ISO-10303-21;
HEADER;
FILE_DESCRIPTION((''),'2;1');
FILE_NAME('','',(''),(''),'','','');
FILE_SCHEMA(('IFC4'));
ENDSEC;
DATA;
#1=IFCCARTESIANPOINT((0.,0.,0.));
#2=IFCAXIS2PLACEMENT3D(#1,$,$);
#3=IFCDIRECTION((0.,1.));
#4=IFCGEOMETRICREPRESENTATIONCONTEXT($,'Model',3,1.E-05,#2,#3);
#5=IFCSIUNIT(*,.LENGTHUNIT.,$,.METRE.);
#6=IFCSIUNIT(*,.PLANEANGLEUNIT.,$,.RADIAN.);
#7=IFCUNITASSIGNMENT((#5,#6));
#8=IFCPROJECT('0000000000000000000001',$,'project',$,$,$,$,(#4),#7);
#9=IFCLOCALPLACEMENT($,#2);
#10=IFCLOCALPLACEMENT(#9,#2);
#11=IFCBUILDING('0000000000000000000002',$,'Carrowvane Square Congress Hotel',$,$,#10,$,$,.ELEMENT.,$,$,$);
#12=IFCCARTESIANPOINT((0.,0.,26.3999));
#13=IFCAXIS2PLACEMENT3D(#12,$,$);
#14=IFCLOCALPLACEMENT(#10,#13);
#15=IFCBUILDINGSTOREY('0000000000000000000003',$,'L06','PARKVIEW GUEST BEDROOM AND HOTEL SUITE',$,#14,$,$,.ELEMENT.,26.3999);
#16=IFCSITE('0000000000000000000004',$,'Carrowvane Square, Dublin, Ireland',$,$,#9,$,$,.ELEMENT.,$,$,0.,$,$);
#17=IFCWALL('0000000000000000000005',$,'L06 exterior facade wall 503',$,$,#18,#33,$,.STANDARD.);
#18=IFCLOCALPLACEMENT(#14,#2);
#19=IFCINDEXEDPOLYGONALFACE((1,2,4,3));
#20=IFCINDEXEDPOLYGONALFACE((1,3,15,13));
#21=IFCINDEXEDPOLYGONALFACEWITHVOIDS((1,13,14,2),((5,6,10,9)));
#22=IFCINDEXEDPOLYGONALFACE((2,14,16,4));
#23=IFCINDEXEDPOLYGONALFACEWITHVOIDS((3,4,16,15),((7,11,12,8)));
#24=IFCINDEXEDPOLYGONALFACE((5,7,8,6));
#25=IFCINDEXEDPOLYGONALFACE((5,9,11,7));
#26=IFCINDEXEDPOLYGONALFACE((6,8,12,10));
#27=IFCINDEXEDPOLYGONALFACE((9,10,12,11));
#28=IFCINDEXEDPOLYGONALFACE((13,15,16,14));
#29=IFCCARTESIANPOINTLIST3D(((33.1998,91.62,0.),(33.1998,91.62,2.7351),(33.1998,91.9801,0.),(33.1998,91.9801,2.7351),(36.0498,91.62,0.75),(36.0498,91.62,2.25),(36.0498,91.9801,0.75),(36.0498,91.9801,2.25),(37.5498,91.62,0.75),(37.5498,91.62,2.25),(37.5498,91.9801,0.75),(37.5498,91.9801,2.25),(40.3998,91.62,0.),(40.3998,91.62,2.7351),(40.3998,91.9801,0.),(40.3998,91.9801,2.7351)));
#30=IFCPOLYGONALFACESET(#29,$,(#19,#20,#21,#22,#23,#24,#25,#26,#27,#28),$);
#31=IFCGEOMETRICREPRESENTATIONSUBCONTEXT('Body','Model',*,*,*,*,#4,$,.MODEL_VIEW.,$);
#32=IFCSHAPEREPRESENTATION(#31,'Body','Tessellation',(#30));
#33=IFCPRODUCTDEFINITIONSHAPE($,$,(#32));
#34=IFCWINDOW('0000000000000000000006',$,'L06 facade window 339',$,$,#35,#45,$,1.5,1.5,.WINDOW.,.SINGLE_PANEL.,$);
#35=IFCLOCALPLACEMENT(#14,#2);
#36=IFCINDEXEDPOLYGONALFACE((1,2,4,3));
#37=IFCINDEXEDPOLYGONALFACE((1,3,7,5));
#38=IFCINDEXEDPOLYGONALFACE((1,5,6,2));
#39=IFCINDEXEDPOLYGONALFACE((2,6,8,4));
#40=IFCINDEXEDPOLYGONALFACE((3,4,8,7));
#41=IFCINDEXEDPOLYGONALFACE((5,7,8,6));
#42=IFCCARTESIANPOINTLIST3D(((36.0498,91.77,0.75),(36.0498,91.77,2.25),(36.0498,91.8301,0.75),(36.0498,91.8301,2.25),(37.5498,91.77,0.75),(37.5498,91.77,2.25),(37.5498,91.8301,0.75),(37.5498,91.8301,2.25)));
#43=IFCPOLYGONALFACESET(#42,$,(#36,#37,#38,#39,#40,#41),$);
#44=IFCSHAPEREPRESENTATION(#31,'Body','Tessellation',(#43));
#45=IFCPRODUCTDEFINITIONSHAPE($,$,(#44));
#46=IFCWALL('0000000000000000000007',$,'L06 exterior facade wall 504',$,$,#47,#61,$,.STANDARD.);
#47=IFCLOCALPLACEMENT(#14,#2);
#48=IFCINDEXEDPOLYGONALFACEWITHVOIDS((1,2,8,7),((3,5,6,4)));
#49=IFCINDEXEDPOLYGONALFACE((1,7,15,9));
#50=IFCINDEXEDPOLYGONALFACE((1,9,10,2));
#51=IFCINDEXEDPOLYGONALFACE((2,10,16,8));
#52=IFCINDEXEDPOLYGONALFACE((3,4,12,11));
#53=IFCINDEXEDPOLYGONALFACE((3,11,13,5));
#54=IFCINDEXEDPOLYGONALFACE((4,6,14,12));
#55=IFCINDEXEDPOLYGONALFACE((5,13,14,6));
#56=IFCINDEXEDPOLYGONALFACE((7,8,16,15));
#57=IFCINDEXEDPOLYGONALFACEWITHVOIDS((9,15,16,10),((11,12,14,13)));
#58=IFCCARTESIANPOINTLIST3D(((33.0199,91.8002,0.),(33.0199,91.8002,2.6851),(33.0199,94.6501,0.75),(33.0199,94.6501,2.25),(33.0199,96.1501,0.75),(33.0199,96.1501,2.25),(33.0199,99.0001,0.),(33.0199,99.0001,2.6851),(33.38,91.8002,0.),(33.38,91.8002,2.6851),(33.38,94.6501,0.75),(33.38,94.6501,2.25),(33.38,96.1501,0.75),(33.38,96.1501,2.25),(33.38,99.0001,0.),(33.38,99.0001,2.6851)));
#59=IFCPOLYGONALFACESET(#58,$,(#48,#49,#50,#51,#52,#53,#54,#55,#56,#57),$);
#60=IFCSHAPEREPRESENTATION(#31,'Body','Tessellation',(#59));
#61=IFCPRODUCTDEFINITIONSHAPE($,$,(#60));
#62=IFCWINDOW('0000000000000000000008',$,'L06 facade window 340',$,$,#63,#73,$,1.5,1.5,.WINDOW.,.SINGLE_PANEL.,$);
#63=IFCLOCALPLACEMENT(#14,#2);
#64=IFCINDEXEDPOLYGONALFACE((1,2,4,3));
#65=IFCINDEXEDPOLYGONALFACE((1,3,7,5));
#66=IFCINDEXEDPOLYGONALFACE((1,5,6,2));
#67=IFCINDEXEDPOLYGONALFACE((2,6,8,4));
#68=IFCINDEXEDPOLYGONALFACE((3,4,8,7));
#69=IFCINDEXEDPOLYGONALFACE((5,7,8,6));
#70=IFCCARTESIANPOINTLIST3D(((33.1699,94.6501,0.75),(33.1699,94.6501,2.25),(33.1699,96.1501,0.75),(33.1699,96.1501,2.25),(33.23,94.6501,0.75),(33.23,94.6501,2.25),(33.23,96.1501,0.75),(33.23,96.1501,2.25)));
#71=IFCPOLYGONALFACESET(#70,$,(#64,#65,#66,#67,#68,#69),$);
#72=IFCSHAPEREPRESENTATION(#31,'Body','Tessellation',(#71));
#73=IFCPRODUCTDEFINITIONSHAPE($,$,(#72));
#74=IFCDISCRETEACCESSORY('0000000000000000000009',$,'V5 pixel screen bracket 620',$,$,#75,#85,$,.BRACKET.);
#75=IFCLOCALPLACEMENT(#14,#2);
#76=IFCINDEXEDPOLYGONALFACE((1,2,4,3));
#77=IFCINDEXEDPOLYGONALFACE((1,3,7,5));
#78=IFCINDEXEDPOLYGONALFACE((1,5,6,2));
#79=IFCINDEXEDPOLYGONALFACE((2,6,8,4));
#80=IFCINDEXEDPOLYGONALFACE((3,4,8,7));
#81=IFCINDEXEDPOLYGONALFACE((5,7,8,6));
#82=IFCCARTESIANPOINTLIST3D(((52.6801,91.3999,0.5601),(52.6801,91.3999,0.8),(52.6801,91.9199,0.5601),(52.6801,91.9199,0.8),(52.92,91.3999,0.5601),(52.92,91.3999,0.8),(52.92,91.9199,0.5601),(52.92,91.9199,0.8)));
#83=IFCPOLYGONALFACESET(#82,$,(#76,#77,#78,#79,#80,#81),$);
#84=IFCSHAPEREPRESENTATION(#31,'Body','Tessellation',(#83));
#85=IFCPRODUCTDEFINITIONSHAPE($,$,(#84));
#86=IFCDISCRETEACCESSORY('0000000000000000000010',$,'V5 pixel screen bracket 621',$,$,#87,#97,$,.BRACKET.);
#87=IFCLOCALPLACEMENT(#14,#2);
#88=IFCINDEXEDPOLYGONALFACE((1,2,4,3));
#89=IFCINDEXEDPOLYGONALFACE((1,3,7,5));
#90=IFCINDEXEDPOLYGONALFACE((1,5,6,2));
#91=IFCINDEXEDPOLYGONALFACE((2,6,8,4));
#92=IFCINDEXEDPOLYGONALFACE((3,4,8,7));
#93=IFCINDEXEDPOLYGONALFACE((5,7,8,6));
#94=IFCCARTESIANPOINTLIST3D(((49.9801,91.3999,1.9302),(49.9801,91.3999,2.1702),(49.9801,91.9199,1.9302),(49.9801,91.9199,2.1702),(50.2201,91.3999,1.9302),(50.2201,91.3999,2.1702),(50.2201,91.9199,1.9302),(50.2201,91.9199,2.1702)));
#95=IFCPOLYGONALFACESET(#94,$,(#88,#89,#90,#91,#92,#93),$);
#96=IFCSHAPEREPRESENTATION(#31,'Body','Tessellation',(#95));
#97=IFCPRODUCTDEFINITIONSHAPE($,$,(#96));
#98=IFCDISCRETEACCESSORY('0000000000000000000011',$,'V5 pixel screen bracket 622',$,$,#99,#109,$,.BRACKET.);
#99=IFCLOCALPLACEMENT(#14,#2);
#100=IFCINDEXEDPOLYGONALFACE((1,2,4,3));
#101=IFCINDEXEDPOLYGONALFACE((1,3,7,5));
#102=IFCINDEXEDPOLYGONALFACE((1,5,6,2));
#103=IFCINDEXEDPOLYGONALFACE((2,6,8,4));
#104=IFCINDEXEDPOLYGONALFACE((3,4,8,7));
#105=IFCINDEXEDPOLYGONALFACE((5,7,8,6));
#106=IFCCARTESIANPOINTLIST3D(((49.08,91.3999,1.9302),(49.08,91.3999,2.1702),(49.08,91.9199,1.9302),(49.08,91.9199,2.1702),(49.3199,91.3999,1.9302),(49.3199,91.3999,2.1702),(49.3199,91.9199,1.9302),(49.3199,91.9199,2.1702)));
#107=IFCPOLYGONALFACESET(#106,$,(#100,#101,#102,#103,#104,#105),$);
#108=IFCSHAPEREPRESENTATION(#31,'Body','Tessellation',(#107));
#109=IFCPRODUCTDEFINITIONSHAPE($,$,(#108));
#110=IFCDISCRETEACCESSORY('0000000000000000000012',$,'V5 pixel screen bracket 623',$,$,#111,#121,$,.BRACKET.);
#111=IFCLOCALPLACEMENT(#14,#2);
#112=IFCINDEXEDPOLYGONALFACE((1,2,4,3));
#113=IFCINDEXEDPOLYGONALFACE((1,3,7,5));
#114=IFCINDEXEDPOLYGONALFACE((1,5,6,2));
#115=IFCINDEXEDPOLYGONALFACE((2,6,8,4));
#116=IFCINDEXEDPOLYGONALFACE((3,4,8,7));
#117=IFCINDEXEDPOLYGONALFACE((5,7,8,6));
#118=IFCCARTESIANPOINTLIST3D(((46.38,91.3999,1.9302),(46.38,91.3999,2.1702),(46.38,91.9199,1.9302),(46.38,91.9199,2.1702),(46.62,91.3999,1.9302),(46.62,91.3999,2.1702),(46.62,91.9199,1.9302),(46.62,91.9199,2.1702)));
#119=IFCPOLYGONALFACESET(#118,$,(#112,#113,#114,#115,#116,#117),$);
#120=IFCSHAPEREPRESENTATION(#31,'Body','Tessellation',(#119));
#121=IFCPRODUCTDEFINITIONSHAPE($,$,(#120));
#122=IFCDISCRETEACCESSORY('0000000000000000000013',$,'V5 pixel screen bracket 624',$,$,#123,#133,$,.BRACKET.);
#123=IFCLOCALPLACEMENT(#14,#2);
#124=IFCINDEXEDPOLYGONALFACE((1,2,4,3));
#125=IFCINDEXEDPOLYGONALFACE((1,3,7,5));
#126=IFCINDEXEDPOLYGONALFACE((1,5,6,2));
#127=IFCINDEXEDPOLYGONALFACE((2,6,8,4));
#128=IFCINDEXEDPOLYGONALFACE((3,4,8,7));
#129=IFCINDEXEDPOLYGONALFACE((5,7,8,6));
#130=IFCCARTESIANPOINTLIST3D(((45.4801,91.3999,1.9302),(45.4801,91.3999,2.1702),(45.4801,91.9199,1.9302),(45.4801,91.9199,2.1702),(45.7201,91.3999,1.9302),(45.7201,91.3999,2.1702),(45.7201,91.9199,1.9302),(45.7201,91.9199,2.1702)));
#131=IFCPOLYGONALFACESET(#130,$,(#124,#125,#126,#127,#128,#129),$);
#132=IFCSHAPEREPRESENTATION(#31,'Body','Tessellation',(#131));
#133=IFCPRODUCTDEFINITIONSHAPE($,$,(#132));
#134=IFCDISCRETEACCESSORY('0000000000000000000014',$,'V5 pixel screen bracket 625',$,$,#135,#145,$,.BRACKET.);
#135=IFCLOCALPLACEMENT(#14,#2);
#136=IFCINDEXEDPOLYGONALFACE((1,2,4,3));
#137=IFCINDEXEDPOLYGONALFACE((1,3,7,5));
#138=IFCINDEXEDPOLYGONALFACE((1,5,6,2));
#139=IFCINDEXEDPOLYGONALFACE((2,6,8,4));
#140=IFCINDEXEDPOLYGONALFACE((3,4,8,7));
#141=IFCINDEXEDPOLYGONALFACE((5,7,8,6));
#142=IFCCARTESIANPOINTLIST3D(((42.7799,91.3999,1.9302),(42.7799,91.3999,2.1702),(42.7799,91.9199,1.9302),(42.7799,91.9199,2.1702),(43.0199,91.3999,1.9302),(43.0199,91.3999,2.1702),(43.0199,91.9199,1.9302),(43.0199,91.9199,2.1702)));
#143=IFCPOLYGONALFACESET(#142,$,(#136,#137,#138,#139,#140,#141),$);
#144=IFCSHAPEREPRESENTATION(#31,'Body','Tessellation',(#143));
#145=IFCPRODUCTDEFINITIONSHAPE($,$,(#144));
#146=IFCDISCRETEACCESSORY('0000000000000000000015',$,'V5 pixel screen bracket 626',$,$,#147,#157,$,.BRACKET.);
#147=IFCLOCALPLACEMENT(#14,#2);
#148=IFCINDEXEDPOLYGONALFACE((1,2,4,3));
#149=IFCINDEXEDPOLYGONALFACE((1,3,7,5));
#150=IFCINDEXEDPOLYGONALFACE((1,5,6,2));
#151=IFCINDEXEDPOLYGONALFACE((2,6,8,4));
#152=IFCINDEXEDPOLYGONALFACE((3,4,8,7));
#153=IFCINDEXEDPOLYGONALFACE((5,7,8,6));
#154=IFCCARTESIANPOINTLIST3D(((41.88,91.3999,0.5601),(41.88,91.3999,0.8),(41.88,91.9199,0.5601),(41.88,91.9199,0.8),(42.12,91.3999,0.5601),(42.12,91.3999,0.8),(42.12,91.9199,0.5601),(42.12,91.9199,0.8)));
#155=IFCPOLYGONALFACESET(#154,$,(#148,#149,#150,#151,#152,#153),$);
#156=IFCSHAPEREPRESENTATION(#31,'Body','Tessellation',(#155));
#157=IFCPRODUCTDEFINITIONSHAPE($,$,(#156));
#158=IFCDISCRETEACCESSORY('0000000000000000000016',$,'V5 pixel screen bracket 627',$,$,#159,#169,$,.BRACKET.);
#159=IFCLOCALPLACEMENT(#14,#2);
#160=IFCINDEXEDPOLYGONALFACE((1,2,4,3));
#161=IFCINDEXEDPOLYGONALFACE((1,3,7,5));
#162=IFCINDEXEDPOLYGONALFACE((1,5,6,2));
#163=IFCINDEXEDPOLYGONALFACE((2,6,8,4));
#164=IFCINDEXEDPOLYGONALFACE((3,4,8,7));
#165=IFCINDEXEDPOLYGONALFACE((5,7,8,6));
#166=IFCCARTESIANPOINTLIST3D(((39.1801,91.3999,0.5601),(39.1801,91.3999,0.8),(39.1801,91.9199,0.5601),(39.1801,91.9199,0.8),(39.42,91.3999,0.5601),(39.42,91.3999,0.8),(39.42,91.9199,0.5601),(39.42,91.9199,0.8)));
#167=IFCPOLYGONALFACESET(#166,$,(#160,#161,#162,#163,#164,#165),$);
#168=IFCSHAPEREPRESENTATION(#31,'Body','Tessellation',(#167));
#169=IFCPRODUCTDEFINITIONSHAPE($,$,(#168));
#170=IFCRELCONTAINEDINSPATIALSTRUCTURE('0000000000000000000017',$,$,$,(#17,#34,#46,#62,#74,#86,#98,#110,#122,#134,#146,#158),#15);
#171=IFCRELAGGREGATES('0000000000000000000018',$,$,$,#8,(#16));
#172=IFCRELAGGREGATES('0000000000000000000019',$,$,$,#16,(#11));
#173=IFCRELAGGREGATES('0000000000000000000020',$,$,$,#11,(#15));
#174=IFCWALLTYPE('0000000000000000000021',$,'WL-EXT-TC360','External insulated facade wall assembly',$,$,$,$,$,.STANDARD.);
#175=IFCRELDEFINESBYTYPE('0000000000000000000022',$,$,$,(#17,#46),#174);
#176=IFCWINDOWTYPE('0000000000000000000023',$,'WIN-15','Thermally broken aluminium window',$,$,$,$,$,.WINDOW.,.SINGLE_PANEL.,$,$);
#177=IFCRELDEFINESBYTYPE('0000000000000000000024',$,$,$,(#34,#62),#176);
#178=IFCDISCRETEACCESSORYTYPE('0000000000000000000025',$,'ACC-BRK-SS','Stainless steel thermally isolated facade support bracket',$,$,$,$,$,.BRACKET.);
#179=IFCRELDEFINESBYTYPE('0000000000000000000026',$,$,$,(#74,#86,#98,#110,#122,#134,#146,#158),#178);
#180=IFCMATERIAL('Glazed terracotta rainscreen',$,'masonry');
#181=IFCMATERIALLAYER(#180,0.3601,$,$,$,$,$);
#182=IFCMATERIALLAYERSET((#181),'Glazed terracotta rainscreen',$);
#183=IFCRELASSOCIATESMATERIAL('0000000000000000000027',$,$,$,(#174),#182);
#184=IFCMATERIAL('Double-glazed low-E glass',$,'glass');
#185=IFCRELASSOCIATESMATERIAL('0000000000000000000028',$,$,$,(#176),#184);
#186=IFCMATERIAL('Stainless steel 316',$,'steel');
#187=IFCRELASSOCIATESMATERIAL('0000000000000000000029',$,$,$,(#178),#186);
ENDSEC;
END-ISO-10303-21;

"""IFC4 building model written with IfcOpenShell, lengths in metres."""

from ifc_helpers import new_model, si_unit, direction, frame, frame_2d, origin, origin_2d, place, context, subcontext, project, spatial, rectangle, extrude, material, layer, layer_set, type_object, element, fill, save


model = new_model("IFC4")

# Units and contexts
model_context = context("Model", 3, precision=1e-05, world=origin(), true_north=direction((0.0, 1.0)))
body_context = subcontext(model_context, "Body", "Model", "MODEL_VIEW")
ifc_project = project(units=[si_unit("LENGTHUNIT", "METRE"), si_unit("PLANEANGLEUNIT", "RADIAN")], contexts=[model_context])

# Site, building, storey
site_placement = place(None, origin())
site = spatial("IfcSite", under=ifc_project, at=site_placement, Name="Carrowvane Square, Dublin, Ireland", CompositionType="ELEMENT", RefElevation=0.0)
building_placement = place(site_placement, origin())
building = spatial("IfcBuilding", under=site, at=building_placement, Name="Carrowvane Square Congress Hotel", CompositionType="ELEMENT")
storey_placement = place(building_placement, frame((0.0, 0.0, 26.3999)))
storey = spatial("IfcBuildingStorey", under=building, at=storey_placement, Name="L06", Description="PARKVIEW GUEST BEDROOM AND HOTEL SUITE", CompositionType="ELEMENT", Elevation=26.3999)

# Shared definitions
ifc_material_1 = material(Name="Glazed terracotta rainscreen", Category="masonry")
ifc_layer = layer(ifc_material_1, 0.3601)
ifc_layer_set = layer_set([ifc_layer], Name="Glazed terracotta rainscreen")
wall_type = type_object("IfcWallType", Name="WL-EXT-TC360", Description="External insulated facade wall assembly", PredefinedType="STANDARD", material=ifc_layer_set)
ifc_material_2 = material(Name="Double-glazed low-E glass", Category="glass")
window_type_1 = type_object("IfcWindowType", Name="WIN-15", Description="Thermally broken aluminium window", PartitioningType="SINGLE_PANEL", PredefinedType="WINDOW", material=ifc_material_2)

# Walls, openings, windows
wall_1_placement = place(storey_placement, frame((40.3999, 91.8, 0.0), z_axis=(0.0, 0.0, 1.0), x_axis=(-1.0, 0.0, 0.0)))
wall_1 = element("IfcWall", 1, at=wall_1_placement, inside=storey, type_object=wall_type, Name="L06 exterior facade wall 503", PredefinedType="STANDARD", context=body_context, shape_type="SweptSolid", body=[
    extrude(rectangle(XDim=7.2, YDim=0.3601, at=frame_2d((3.6001, 0.0))), origin(), (0.0, 0.0, 1.0), 2.7351),
])
opening_1_placement = place(wall_1_placement, frame((2.8501, 0.0, 0.75)))
opening_1 = element("IfcOpeningElement", 2, at=opening_1_placement, cuts=wall_1, PredefinedType="OPENING", context=body_context, shape_type="SweptSolid", body=[
    extrude(rectangle(XDim=1.5, YDim=1.5, at=frame_2d((0.75, 0.75))), frame((0.0, 0.1899, 0.0), z_axis=(0.0, -1.0, 0.0), x_axis=(1.0, 0.0, 0.0)), (0.0, 0.0, 1.0), 0.3801),
])
window_1_placement = place(opening_1_placement, origin())
window_1 = element("IfcWindow", 3, at=window_1_placement, inside=storey, type_object=window_type_1, Name="L06 facade window 339", OverallHeight=1.5, OverallWidth=1.5, PartitioningType="SINGLE_PANEL", PredefinedType="WINDOW", context=body_context, shape_type="SweptSolid", body=[
    extrude(rectangle(XDim=1.5, YDim=1.5, at=frame_2d((0.75, 0.75))), frame((0.0, 0.03, 0.0), z_axis=(0.0, -1.0, 0.0), x_axis=(1.0, 0.0, 0.0)), (0.0, 0.0, 1.0), 0.0601),
])
fill(opening_1, window_1)
wall_2_placement = place(storey_placement, frame((33.2, 91.8, 0.0), z_axis=(0.0, 0.0, 1.0), x_axis=(0.0, 1.0, 0.0)))
wall_2 = element("IfcWall", 4, at=wall_2_placement, inside=storey, type_object=wall_type, Name="L06 exterior facade wall 504", PredefinedType="STANDARD", context=body_context, shape_type="SweptSolid", body=[
    extrude(rectangle(XDim=7.2, YDim=0.3601, at=frame_2d((3.6001, 0.0))), origin(), (0.0, 0.0, 1.0), 2.6851),
])
opening_2_placement = place(wall_2_placement, frame((2.8501, 0.0, 0.75)))
opening_2 = element("IfcOpeningElement", 5, at=opening_2_placement, cuts=wall_2, PredefinedType="OPENING", context=body_context, shape_type="SweptSolid", body=[
    extrude(rectangle(XDim=1.5, YDim=1.5, at=frame_2d((0.75, 0.75))), frame((0.0, 0.1899, 0.0), z_axis=(0.0, -1.0, 0.0), x_axis=(1.0, 0.0, 0.0)), (0.0, 0.0, 1.0), 0.3801),
])
window_2_placement = place(opening_2_placement, origin())
window_2 = element("IfcWindow", 6, at=window_2_placement, inside=storey, type_object=window_type_1, Name="L06 facade window 340", OverallHeight=1.5, OverallWidth=1.5, PartitioningType="SINGLE_PANEL", PredefinedType="WINDOW", context=body_context, shape_type="SweptSolid", body=[
    extrude(rectangle(XDim=1.5, YDim=1.5, at=frame_2d((0.75, 0.75))), frame((0.0, 0.03, 0.0), z_axis=(0.0, -1.0, 0.0), x_axis=(1.0, 0.0, 0.0)), (0.0, 0.0, 1.0), 0.0601),
])
fill(opening_2, window_2)

# Discrete accessories
ifc_material_3 = material(Name="Stainless steel 316", Category="steel")
discrete_accessory_type = type_object("IfcDiscreteAccessoryType", Name="ACC-BRK-SS", Description="Stainless steel thermally isolated facade support bracket", PredefinedType="BRACKET", material=ifc_material_3)
for number, where, z_axis, x_axis, name in (
    (7, (52.8, 91.6599, 0.5601), (0.0, 0.0, 1.0), (-1.0, 0.0, 0.0), "V5 pixel screen bracket 620"),
    (8, (50.1001, 91.6599, 1.9302), (0.0, 0.0, 1.0), (-1.0, 0.0, 0.0), "V5 pixel screen bracket 621"),
    (9, (49.2, 91.6599, 1.9302), (0.0, 0.0, 1.0), (-1.0, 0.0, 0.0), "V5 pixel screen bracket 622"),
    (10, (46.5, 91.6599, 1.9302), (0.0, 0.0, 1.0), (-1.0, 0.0, 0.0), "V5 pixel screen bracket 623"),
    (11, (45.6001, 91.6599, 1.9302), (0.0, 0.0, 1.0), (-1.0, 0.0, 0.0), "V5 pixel screen bracket 624"),
    (12, (42.8999, 91.6599, 1.9302), (0.0, 0.0, 1.0), (-1.0, 0.0, 0.0), "V5 pixel screen bracket 625"),
    (13, (42.0, 91.6599, 0.5601), (0.0, 0.0, 1.0), (-1.0, 0.0, 0.0), "V5 pixel screen bracket 626"),
    (14, (39.3, 91.6599, 0.5601), (0.0, 0.0, 1.0), (-1.0, 0.0, 0.0), "V5 pixel screen bracket 627"),
):
    element("IfcDiscreteAccessory", number, at=place(storey_placement, frame(where, z_axis=z_axis, x_axis=x_axis)), inside=storey, type_object=discrete_accessory_type, Name=name, PredefinedType="BRACKET", context=body_context, shape_type="SweptSolid", body=[
        extrude(rectangle(XDim=0.24, YDim=0.52, at=origin_2d()), origin(), (0.0, 0.0, 1.0), 0.24),
    ])

save(model, "model.ifc")
